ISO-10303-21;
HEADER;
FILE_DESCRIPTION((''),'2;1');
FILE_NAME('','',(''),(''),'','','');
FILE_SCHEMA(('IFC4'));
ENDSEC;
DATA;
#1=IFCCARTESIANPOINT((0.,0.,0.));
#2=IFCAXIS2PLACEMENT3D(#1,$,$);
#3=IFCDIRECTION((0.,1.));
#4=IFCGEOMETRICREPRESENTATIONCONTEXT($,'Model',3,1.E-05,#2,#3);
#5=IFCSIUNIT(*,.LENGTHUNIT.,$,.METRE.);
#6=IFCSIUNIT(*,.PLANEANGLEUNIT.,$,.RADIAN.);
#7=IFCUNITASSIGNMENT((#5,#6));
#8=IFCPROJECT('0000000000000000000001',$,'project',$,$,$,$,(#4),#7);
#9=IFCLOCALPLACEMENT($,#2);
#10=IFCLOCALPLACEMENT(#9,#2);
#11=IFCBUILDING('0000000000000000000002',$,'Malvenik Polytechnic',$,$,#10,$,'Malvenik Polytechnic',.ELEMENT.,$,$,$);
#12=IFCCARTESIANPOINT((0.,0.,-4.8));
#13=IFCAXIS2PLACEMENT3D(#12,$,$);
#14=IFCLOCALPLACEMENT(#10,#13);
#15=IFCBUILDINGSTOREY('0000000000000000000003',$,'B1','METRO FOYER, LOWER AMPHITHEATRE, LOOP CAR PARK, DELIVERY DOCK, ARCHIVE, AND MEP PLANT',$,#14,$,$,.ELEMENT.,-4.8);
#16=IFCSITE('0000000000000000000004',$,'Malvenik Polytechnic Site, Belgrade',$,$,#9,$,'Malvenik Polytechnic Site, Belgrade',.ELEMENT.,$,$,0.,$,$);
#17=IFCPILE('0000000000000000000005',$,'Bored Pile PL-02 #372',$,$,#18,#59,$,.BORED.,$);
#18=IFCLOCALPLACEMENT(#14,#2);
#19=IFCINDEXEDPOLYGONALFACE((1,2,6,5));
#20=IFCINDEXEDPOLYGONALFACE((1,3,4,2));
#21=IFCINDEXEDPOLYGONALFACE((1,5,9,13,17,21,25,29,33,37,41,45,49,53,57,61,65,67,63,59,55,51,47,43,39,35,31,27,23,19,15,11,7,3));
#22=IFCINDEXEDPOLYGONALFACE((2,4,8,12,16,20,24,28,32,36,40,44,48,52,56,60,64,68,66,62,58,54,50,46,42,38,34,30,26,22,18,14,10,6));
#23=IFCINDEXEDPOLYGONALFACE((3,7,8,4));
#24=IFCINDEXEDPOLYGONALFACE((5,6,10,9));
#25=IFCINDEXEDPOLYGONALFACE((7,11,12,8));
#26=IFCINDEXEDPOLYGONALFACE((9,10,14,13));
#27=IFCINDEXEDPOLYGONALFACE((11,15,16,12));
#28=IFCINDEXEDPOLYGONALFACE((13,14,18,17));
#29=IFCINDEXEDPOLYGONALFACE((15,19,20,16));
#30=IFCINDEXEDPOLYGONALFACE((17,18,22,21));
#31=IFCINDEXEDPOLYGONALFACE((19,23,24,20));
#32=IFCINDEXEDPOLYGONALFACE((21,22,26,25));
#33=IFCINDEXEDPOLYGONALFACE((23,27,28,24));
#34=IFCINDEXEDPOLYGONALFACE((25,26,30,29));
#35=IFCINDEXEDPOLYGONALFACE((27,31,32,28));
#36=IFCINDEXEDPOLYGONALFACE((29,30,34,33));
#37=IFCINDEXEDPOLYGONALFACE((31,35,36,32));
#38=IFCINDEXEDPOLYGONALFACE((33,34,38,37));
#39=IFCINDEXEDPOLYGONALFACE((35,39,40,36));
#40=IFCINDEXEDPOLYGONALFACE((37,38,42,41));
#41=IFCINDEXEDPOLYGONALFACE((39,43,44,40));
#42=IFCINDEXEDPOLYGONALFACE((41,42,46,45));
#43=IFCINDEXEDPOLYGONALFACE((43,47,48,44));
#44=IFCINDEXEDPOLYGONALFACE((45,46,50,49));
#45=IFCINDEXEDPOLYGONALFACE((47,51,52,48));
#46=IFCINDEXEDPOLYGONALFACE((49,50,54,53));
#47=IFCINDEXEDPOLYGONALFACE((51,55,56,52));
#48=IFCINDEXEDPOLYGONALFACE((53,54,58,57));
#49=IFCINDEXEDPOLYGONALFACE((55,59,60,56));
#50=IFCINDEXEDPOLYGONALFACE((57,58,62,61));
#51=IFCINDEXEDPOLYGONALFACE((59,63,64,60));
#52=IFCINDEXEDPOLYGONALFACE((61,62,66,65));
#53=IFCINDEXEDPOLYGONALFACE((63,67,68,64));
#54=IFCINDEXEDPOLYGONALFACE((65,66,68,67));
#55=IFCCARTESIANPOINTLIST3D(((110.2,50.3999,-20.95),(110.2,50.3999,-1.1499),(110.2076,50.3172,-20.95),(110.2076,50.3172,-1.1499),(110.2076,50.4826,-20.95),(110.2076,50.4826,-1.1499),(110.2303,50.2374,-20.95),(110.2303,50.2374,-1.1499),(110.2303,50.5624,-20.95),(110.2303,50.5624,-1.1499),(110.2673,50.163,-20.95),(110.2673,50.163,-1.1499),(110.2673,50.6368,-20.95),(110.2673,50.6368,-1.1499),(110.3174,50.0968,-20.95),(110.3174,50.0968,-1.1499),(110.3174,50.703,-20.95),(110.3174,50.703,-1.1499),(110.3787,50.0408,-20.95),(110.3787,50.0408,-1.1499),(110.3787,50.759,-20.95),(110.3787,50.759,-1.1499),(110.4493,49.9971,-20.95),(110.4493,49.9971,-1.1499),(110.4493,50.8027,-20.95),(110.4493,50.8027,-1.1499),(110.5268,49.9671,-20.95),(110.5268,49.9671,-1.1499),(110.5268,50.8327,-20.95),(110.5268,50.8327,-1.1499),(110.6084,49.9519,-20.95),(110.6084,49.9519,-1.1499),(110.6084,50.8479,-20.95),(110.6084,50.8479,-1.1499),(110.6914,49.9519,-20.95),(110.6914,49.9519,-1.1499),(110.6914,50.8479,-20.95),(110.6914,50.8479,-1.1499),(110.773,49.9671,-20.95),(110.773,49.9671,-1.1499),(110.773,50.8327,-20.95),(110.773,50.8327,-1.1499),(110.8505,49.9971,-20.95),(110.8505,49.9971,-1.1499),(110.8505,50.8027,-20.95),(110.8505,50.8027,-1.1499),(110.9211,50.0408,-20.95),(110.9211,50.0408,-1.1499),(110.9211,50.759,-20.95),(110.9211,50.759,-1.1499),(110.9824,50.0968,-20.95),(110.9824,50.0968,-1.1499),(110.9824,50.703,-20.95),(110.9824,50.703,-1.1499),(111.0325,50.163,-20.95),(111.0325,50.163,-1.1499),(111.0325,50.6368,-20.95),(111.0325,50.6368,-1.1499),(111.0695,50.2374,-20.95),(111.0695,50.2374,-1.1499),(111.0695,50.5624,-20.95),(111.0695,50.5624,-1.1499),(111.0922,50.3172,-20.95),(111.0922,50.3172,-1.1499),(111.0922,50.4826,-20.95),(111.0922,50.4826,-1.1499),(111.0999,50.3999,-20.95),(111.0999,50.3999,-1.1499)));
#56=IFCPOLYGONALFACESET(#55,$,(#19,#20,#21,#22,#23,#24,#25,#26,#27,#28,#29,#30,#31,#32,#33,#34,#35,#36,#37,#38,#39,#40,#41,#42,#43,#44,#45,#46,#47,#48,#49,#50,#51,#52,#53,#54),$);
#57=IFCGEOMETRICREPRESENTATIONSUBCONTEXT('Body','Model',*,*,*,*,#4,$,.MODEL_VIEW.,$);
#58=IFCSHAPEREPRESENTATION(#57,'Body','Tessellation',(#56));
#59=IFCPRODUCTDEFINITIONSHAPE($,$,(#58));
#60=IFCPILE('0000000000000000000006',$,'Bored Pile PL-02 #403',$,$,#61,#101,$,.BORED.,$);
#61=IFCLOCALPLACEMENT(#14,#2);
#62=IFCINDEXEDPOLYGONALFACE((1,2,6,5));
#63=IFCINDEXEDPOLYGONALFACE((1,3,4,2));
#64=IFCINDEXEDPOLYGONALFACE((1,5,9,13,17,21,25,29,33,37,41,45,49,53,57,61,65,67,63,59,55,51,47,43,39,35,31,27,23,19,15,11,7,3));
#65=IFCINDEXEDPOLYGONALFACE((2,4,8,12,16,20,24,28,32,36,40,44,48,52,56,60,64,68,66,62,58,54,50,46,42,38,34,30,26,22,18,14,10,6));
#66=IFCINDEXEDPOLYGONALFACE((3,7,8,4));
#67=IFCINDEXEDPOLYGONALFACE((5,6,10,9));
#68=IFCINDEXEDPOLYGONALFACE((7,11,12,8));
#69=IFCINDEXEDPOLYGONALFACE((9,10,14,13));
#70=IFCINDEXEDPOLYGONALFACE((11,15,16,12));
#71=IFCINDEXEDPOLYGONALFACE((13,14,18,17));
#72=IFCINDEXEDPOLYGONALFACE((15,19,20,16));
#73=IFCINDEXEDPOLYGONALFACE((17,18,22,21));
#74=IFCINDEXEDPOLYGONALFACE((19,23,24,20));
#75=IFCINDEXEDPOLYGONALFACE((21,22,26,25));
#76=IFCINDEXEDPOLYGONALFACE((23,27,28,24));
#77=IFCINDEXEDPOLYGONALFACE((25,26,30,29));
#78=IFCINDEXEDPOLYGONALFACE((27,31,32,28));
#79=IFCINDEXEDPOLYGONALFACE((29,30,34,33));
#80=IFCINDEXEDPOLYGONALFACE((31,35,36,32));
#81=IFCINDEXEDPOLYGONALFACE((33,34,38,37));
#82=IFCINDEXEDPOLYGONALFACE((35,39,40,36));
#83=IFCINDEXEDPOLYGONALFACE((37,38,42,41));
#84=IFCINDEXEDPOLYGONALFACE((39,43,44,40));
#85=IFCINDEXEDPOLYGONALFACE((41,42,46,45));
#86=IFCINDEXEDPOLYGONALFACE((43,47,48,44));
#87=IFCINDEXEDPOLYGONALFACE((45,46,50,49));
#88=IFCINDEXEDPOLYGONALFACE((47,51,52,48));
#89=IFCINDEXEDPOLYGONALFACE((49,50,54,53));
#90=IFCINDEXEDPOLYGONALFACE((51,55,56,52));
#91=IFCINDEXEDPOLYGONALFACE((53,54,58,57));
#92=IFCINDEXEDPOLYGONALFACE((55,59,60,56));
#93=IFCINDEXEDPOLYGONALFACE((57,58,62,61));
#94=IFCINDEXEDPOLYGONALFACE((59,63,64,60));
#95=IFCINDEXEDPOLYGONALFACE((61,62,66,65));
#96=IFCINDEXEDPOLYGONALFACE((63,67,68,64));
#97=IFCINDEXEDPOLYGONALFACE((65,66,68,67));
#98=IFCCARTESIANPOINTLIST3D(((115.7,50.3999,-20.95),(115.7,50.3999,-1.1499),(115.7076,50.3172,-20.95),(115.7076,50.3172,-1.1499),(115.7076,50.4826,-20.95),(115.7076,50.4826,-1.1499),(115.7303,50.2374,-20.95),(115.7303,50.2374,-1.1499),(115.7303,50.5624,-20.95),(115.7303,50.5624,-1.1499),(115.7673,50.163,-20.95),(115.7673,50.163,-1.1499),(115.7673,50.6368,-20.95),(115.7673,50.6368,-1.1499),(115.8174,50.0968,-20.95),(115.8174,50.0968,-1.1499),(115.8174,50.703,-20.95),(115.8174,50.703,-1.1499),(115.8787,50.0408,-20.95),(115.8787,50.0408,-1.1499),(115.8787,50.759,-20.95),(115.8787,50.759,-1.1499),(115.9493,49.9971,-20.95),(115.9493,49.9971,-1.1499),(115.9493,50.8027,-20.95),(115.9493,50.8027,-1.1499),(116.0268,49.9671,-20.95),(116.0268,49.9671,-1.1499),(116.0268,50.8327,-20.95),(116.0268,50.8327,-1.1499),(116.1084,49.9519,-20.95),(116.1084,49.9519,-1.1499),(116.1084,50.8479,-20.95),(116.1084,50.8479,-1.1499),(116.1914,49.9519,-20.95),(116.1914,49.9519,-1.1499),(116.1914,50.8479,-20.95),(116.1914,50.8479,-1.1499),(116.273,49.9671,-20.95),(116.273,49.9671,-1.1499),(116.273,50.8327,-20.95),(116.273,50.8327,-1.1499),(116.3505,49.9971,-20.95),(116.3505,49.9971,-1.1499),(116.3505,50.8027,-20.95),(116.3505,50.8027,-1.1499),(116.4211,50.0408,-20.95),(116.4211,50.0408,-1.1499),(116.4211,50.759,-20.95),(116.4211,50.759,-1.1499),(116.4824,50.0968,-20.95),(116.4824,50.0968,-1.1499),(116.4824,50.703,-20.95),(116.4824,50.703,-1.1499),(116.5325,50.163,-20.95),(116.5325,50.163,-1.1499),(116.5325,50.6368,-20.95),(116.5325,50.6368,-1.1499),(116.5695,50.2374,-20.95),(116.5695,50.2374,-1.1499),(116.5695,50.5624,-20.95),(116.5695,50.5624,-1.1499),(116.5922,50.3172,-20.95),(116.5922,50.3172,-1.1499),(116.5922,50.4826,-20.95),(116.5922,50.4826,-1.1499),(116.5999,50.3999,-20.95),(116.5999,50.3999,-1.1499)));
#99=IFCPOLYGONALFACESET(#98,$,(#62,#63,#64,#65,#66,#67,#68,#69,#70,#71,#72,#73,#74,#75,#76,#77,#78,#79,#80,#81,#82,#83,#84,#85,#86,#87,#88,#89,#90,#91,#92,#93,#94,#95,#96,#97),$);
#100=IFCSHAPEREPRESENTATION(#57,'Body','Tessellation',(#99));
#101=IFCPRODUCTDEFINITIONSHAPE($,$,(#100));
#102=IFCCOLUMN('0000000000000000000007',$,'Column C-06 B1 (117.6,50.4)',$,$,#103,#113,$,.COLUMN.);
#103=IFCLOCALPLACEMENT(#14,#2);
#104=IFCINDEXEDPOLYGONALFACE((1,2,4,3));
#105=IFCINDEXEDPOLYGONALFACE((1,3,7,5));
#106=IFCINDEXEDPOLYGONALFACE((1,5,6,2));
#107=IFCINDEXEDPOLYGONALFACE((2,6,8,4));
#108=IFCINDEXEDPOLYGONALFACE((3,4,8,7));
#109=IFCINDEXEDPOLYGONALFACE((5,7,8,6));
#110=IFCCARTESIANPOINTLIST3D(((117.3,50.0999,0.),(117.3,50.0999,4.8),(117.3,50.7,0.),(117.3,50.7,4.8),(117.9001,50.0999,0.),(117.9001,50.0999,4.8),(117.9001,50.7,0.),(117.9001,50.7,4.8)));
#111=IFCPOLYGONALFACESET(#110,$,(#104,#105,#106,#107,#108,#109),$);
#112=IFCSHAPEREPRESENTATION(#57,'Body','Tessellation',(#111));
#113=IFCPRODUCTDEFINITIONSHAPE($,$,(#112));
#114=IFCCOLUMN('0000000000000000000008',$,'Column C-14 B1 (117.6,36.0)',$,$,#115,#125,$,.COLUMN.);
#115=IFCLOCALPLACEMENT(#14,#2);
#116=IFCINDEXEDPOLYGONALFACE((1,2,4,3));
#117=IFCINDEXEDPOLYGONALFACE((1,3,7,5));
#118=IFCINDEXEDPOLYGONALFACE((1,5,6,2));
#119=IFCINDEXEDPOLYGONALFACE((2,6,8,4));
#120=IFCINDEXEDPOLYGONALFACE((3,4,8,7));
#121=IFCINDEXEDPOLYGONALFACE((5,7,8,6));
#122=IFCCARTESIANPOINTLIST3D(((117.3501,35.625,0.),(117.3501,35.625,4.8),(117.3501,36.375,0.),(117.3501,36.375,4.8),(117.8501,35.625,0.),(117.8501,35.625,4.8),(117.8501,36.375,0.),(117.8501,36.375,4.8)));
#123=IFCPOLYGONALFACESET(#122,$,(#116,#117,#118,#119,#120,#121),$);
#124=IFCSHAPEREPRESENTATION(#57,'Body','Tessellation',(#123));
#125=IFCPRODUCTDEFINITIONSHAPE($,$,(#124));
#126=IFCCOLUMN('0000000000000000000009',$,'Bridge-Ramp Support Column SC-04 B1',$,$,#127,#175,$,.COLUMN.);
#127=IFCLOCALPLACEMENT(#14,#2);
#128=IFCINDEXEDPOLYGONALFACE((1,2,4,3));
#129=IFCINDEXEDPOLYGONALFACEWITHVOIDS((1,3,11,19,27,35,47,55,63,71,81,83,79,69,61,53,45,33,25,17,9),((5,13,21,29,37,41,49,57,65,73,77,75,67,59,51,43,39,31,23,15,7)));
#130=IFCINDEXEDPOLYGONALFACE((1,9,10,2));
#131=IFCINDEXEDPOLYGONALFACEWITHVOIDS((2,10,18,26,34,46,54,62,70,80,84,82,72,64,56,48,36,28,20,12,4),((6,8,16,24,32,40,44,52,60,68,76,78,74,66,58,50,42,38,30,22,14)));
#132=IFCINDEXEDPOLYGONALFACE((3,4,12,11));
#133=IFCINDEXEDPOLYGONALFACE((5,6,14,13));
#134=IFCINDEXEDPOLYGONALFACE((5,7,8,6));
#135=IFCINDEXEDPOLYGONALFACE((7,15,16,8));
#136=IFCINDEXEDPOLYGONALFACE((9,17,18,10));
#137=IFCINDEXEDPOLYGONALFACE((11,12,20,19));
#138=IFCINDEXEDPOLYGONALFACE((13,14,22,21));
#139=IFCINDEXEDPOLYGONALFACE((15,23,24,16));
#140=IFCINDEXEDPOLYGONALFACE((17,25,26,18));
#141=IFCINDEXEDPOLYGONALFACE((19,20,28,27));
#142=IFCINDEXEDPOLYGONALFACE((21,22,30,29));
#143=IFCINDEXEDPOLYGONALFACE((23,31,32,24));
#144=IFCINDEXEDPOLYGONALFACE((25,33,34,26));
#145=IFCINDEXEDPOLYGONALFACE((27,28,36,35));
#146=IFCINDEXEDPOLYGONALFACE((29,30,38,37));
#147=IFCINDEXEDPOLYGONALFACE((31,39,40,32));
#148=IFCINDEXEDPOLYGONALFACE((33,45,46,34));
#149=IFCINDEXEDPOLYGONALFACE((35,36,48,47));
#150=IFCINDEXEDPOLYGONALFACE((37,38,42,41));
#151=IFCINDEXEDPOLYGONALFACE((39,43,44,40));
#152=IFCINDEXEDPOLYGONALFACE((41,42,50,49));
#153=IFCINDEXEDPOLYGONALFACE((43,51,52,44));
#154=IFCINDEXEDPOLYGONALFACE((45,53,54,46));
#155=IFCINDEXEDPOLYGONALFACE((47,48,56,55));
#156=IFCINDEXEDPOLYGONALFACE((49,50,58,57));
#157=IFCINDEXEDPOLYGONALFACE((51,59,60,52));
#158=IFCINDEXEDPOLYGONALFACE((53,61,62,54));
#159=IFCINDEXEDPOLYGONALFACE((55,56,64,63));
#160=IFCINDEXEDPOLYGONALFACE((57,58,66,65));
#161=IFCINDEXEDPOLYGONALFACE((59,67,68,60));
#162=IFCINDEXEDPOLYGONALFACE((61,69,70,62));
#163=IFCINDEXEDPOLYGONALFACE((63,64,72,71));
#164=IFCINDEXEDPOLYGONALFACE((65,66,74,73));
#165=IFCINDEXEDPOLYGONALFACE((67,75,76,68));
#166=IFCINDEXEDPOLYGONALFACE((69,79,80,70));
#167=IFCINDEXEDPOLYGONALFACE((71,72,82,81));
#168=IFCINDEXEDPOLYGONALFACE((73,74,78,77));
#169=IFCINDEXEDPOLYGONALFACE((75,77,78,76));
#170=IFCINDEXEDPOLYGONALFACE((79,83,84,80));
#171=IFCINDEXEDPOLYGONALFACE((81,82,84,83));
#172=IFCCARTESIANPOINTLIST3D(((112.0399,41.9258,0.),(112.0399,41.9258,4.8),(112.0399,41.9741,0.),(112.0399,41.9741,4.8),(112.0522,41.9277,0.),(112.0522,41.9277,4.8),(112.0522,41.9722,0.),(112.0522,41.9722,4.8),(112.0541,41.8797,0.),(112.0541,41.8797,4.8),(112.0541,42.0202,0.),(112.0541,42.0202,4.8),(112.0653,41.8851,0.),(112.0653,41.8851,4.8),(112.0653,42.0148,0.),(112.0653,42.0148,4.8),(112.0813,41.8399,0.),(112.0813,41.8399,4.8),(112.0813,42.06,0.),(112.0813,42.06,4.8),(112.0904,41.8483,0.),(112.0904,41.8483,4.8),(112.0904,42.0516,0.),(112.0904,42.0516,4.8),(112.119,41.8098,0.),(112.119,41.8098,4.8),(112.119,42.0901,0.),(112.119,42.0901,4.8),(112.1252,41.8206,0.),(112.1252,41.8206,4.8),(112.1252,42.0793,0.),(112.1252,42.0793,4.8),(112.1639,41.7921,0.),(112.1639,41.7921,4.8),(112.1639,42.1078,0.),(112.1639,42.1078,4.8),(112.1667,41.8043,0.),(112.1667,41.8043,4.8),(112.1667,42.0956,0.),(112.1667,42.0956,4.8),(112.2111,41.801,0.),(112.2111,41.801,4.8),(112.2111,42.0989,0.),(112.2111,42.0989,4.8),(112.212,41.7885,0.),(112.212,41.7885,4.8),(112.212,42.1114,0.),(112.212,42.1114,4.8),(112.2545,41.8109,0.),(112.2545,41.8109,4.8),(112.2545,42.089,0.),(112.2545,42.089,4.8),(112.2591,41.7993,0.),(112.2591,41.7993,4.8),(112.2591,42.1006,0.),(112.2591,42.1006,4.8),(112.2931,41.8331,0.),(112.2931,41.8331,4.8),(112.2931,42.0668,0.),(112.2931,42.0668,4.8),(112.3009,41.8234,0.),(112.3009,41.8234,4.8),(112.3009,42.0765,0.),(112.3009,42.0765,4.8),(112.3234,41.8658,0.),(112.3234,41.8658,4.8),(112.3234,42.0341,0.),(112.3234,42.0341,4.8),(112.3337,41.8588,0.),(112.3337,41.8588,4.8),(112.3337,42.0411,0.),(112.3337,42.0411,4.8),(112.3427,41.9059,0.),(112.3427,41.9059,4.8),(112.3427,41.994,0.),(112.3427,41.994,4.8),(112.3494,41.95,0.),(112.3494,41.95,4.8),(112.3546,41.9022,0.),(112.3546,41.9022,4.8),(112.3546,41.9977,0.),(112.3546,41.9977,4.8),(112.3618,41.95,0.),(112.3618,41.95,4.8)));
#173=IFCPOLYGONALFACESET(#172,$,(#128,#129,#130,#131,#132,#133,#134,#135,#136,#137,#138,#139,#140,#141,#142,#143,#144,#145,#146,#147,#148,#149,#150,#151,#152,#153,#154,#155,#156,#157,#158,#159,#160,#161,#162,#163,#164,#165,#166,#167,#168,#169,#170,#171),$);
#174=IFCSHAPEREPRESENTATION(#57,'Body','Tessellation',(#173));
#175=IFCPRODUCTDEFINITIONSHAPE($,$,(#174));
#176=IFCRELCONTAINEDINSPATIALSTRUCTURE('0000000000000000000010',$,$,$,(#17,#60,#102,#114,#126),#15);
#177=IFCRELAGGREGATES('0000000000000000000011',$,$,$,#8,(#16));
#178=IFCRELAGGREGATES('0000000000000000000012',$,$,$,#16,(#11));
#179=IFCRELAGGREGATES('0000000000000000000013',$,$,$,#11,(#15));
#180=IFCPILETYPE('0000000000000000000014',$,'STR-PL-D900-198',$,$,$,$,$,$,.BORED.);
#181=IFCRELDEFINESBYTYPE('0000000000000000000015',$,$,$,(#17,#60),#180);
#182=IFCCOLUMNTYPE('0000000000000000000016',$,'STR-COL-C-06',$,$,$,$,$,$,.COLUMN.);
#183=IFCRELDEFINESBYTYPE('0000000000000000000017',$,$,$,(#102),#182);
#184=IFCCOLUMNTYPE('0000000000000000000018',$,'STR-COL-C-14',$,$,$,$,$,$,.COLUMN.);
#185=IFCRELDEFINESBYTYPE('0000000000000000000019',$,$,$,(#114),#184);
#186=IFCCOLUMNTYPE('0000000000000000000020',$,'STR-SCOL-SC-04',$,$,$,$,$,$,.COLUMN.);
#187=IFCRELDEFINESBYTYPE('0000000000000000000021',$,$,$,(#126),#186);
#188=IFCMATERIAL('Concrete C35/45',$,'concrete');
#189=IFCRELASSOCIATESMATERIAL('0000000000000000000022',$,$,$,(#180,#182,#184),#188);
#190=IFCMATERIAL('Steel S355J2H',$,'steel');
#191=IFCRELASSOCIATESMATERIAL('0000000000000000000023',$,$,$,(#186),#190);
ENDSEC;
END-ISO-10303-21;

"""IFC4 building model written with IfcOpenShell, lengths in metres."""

from ifc_helpers import new_model, si_unit, direction, frame, origin, origin_2d, place, context, subcontext, project, spatial, rectangle, circle, hollow_circle, extrude, material, material_profile, profile_set, type_object, element, save


model = new_model("IFC4")

# Units and contexts
model_context = context("Model", 3, precision=1e-05, world=origin(), true_north=direction((0.0, 1.0)))
body_context = subcontext(model_context, "Body", "Model", "MODEL_VIEW")
ifc_project = project(units=[si_unit("LENGTHUNIT", "METRE"), si_unit("PLANEANGLEUNIT", "RADIAN")], contexts=[model_context])

# Site, building, storey
site_placement = place(None, origin())
site = spatial("IfcSite", under=ifc_project, at=site_placement, Name="Malvenik Polytechnic Site, Belgrade", LongName="Malvenik Polytechnic Site, Belgrade", CompositionType="ELEMENT", RefElevation=0.0)
building_placement = place(site_placement, origin())
building = spatial("IfcBuilding", under=site, at=building_placement, Name="Malvenik Polytechnic", LongName="Malvenik Polytechnic", CompositionType="ELEMENT")
storey_placement = place(building_placement, frame((0.0, 0.0, -4.8)))
storey = spatial("IfcBuildingStorey", under=building, at=storey_placement, Name="B1", Description="METRO FOYER, LOWER AMPHITHEATRE, LOOP CAR PARK, DELIVERY DOCK, ARCHIVE, AND MEP PLANT", CompositionType="ELEMENT", Elevation=-4.8)

# Shared definitions
ifc_material_1 = material(Name="Concrete C35/45", Category="concrete")

# Piles
ifc_material_profile_1 = material_profile(ifc_material_1, circle(Radius=0.45, at=origin_2d()), Name="BORED PILE D900")
ifc_profile_set_1 = profile_set([ifc_material_profile_1], Name="Concrete C35/45")
pile_type_1 = type_object("IfcPileType", Name="STR-PL-D900-198", PredefinedType="BORED", material=ifc_profile_set_1)
for number, where, z_axis, x_axis, name in (
    (1, (110.6499, 50.3999, -1.1499), (0.0, 0.0, -1.0), (1.0, 0.0, 0.0), "Bored Pile PL-02 #372"),
    (2, (116.1499, 50.3999, -1.1499), (0.0, 0.0, -1.0), (1.0, 0.0, 0.0), "Bored Pile PL-02 #403"),
):
    element("IfcPile", number, at=place(storey_placement, frame(where, z_axis=z_axis, x_axis=x_axis)), inside=storey, type_object=pile_type_1, Name=name, PredefinedType="BORED", context=body_context, shape_type="SweptSolid", body=[
        extrude(circle(Radius=0.45, at=origin_2d()), origin(), (0.0, 0.0, 1.0), 19.8),
    ])

# Columns
ifc_material_profile_2 = material_profile(ifc_material_1, rectangle(XDim=0.6001, YDim=0.6001, at=origin_2d()), Name="RC COL 600x600")
ifc_profile_set_2 = profile_set([ifc_material_profile_2], Name="Concrete C35/45")
column_type_1 = type_object("IfcColumnType", Name="STR-COL-C-06", PredefinedType="COLUMN", material=ifc_profile_set_2)
column_1_placement = place(storey_placement, frame((117.6001, 50.3999, 0.0), z_axis=(0.0, 0.0, 1.0), x_axis=(1.0, 0.0, 0.0)))
element("IfcColumn", 3, at=column_1_placement, inside=storey, type_object=column_type_1, Name="Column C-06 B1 (117.6,50.4)", PredefinedType="COLUMN", context=body_context, shape_type="SweptSolid", body=[
    extrude(rectangle(XDim=0.6001, YDim=0.6001, at=origin_2d()), origin(), (0.0, 0.0, 1.0), 4.8),
])
ifc_material_profile_3 = material_profile(ifc_material_1, rectangle(XDim=0.5, YDim=0.75, at=origin_2d()), Name="RC COL 750x500")
ifc_profile_set_3 = profile_set([ifc_material_profile_3], Name="Concrete C35/45")
column_type_2 = type_object("IfcColumnType", Name="STR-COL-C-14", PredefinedType="COLUMN", material=ifc_profile_set_3)
column_2_placement = place(storey_placement, frame((117.6001, 36.0, 0.0), z_axis=(0.0, 0.0, 1.0), x_axis=(1.0, 0.0, 0.0)))
element("IfcColumn", 4, at=column_2_placement, inside=storey, type_object=column_type_2, Name="Column C-14 B1 (117.6,36.0)", PredefinedType="COLUMN", context=body_context, shape_type="SweptSolid", body=[
    extrude(rectangle(XDim=0.5, YDim=0.75, at=origin_2d()), origin(), (0.0, 0.0, 1.0), 4.8),
])
ifc_material_2 = material(Name="Steel S355J2H", Category="steel")
ifc_material_profile_4 = material_profile(ifc_material_2, hollow_circle(Radius=0.1619, WallThickness=0.0125, at=origin_2d()), Name="CHS 323.9x12.5")
ifc_profile_set_4 = profile_set([ifc_material_profile_4], Name="Steel S355J2H")
column_type_3 = type_object("IfcColumnType", Name="STR-SCOL-SC-04", PredefinedType="COLUMN", material=ifc_profile_set_4)
for number, where, z_axis, x_axis, name in (
    (5, (112.2, 41.95, 0.0), (0.0, 0.0, 1.0), (1.0, 0.0, 0.0), "Bridge-Ramp Support Column SC-04 B1"),
):
    element("IfcColumn", number, at=place(storey_placement, frame(where, z_axis=z_axis, x_axis=x_axis)), inside=storey, type_object=column_type_3, Name=name, PredefinedType="COLUMN", context=body_context, shape_type="SweptSolid", body=[
        extrude(hollow_circle(Radius=0.1619, WallThickness=0.0125, at=origin_2d()), origin(), (0.0, 0.0, 1.0), 4.8),
    ])

save(model, "model.ifc")
